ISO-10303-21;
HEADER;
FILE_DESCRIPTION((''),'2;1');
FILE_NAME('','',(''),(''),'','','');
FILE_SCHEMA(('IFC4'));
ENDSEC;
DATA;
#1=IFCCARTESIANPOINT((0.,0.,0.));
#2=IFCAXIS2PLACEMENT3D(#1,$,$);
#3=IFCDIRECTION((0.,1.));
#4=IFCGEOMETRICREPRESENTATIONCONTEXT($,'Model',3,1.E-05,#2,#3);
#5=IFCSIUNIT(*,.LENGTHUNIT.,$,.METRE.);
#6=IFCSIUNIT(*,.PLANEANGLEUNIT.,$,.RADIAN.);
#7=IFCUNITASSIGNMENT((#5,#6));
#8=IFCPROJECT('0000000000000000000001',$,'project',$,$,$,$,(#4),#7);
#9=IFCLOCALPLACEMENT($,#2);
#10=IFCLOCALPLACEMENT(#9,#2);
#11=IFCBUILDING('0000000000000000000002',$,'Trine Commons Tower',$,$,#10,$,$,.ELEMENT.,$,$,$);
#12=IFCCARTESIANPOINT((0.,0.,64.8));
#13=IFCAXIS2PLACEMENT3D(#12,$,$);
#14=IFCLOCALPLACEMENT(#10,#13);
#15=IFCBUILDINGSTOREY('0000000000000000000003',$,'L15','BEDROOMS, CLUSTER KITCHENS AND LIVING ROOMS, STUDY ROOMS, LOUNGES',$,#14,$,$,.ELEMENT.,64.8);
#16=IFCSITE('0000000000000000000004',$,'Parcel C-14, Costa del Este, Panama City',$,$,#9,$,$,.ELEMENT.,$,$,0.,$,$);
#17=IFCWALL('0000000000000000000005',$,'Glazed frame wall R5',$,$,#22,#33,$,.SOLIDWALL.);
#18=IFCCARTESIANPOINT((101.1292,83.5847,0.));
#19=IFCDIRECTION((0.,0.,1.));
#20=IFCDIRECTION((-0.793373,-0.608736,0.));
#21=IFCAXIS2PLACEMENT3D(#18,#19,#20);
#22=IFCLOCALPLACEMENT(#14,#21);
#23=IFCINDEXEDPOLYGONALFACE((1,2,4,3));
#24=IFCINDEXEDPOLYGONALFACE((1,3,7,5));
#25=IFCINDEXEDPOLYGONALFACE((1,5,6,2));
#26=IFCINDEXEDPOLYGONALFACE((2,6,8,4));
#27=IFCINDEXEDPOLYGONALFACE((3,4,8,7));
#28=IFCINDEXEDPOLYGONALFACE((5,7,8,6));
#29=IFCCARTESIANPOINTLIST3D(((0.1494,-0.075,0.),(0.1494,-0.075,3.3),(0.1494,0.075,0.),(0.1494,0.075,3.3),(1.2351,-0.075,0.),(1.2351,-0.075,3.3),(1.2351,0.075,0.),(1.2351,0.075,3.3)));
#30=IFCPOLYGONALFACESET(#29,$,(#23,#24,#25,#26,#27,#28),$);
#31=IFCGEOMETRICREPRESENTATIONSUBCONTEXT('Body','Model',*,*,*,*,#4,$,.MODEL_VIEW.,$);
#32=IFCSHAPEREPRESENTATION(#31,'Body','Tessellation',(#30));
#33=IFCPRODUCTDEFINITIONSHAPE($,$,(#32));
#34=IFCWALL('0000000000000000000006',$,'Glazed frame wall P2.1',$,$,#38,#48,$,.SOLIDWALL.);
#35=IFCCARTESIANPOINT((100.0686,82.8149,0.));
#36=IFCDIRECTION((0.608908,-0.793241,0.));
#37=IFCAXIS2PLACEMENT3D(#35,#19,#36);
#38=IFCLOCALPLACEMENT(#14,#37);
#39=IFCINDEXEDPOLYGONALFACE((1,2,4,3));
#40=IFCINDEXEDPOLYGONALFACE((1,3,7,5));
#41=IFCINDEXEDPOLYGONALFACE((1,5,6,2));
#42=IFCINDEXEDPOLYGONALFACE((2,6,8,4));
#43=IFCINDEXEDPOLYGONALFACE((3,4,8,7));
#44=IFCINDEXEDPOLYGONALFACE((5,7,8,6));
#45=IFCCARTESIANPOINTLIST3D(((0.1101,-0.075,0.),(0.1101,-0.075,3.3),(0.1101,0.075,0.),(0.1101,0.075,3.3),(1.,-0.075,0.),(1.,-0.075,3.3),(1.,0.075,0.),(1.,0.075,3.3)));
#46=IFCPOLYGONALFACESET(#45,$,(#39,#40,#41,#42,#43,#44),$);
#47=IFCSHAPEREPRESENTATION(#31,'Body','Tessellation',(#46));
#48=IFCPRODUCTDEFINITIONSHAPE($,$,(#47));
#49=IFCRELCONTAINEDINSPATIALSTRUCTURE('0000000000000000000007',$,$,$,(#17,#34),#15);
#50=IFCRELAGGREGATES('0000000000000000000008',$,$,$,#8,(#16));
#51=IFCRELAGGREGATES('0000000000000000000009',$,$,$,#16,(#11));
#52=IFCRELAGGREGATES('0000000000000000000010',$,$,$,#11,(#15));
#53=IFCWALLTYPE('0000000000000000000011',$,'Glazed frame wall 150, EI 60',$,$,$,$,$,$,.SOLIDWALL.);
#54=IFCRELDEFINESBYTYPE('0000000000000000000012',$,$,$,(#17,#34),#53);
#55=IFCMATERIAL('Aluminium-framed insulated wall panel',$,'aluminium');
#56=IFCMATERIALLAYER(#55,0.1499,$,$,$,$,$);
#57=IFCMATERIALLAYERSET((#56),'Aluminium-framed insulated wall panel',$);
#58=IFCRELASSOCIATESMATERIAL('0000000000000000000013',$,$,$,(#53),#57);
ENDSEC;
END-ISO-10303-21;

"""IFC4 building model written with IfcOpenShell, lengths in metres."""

from ifc_helpers import new_model, si_unit, direction, frame, origin, place, context, subcontext, project, spatial, polyline, outline, extrude, material, layer, layer_set, type_object, element, save


model = new_model("IFC4")

# Units and contexts
model_context = context("Model", 3, precision=1e-05, world=origin(), true_north=direction((0.0, 1.0)))
body_context = subcontext(model_context, "Body", "Model", "MODEL_VIEW")
ifc_project = project(units=[si_unit("LENGTHUNIT", "METRE"), si_unit("PLANEANGLEUNIT", "RADIAN")], contexts=[model_context])

# Site, building, storey
site_placement = place(None, origin())
site = spatial("IfcSite", under=ifc_project, at=site_placement, Name="Parcel C-14, Costa del Este, Panama City", CompositionType="ELEMENT", RefElevation=0.0)
building_placement = place(site_placement, origin())
building = spatial("IfcBuilding", under=site, at=building_placement, Name="Trine Commons Tower", CompositionType="ELEMENT")
storey_placement = place(building_placement, frame((0.0, 0.0, 64.8)))
storey = spatial("IfcBuildingStorey", under=building, at=storey_placement, Name="L15", Description="BEDROOMS, CLUSTER KITCHENS AND LIVING ROOMS, STUDY ROOMS, LOUNGES", CompositionType="ELEMENT", Elevation=64.8)

# Walls
ifc_material_1 = material(Name="Aluminium-framed insulated wall panel", Category="aluminium")
ifc_layer_1 = layer(ifc_material_1, 0.1499)
ifc_layer_set_1 = layer_set([ifc_layer_1], Name="Aluminium-framed insulated wall panel")
wall_type_1 = type_object("IfcWallType", Name="Glazed frame wall 150, EI 60", PredefinedType="SOLIDWALL", material=ifc_layer_set_1)
wall_1_placement = place(storey_placement, frame((101.1292, 83.5847, 0.0), z_axis=(0.0, 0.0, 1.0), x_axis=(-0.793373, -0.608736, 0.0)))
element("IfcWall", 1, at=wall_1_placement, inside=storey, type_object=wall_type_1, Name="Glazed frame wall R5", PredefinedType="SOLIDWALL", context=body_context, shape_type="SweptSolid", body=[
    extrude(outline(polyline([(0.1494, 0.075), (0.1494, -0.075), (1.2351, -0.075), (1.2351, 0.075), (0.1494, 0.075)])), origin(), (0.0, 0.0, 1.0), 3.3),
])
wall_2_placement = place(storey_placement, frame((100.0686, 82.8149, 0.0), z_axis=(0.0, 0.0, 1.0), x_axis=(0.608908, -0.793241, 0.0)))
element("IfcWall", 2, at=wall_2_placement, inside=storey, type_object=wall_type_1, Name="Glazed frame wall P2.1", PredefinedType="SOLIDWALL", context=body_context, shape_type="SweptSolid", body=[
    extrude(outline(polyline([(0.1101, -0.075), (1.0, -0.075), (1.0, 0.075), (0.1101, 0.075), (0.1101, -0.075)])), origin(), (0.0, 0.0, 1.0), 3.3),
])

save(model, "model.ifc")
